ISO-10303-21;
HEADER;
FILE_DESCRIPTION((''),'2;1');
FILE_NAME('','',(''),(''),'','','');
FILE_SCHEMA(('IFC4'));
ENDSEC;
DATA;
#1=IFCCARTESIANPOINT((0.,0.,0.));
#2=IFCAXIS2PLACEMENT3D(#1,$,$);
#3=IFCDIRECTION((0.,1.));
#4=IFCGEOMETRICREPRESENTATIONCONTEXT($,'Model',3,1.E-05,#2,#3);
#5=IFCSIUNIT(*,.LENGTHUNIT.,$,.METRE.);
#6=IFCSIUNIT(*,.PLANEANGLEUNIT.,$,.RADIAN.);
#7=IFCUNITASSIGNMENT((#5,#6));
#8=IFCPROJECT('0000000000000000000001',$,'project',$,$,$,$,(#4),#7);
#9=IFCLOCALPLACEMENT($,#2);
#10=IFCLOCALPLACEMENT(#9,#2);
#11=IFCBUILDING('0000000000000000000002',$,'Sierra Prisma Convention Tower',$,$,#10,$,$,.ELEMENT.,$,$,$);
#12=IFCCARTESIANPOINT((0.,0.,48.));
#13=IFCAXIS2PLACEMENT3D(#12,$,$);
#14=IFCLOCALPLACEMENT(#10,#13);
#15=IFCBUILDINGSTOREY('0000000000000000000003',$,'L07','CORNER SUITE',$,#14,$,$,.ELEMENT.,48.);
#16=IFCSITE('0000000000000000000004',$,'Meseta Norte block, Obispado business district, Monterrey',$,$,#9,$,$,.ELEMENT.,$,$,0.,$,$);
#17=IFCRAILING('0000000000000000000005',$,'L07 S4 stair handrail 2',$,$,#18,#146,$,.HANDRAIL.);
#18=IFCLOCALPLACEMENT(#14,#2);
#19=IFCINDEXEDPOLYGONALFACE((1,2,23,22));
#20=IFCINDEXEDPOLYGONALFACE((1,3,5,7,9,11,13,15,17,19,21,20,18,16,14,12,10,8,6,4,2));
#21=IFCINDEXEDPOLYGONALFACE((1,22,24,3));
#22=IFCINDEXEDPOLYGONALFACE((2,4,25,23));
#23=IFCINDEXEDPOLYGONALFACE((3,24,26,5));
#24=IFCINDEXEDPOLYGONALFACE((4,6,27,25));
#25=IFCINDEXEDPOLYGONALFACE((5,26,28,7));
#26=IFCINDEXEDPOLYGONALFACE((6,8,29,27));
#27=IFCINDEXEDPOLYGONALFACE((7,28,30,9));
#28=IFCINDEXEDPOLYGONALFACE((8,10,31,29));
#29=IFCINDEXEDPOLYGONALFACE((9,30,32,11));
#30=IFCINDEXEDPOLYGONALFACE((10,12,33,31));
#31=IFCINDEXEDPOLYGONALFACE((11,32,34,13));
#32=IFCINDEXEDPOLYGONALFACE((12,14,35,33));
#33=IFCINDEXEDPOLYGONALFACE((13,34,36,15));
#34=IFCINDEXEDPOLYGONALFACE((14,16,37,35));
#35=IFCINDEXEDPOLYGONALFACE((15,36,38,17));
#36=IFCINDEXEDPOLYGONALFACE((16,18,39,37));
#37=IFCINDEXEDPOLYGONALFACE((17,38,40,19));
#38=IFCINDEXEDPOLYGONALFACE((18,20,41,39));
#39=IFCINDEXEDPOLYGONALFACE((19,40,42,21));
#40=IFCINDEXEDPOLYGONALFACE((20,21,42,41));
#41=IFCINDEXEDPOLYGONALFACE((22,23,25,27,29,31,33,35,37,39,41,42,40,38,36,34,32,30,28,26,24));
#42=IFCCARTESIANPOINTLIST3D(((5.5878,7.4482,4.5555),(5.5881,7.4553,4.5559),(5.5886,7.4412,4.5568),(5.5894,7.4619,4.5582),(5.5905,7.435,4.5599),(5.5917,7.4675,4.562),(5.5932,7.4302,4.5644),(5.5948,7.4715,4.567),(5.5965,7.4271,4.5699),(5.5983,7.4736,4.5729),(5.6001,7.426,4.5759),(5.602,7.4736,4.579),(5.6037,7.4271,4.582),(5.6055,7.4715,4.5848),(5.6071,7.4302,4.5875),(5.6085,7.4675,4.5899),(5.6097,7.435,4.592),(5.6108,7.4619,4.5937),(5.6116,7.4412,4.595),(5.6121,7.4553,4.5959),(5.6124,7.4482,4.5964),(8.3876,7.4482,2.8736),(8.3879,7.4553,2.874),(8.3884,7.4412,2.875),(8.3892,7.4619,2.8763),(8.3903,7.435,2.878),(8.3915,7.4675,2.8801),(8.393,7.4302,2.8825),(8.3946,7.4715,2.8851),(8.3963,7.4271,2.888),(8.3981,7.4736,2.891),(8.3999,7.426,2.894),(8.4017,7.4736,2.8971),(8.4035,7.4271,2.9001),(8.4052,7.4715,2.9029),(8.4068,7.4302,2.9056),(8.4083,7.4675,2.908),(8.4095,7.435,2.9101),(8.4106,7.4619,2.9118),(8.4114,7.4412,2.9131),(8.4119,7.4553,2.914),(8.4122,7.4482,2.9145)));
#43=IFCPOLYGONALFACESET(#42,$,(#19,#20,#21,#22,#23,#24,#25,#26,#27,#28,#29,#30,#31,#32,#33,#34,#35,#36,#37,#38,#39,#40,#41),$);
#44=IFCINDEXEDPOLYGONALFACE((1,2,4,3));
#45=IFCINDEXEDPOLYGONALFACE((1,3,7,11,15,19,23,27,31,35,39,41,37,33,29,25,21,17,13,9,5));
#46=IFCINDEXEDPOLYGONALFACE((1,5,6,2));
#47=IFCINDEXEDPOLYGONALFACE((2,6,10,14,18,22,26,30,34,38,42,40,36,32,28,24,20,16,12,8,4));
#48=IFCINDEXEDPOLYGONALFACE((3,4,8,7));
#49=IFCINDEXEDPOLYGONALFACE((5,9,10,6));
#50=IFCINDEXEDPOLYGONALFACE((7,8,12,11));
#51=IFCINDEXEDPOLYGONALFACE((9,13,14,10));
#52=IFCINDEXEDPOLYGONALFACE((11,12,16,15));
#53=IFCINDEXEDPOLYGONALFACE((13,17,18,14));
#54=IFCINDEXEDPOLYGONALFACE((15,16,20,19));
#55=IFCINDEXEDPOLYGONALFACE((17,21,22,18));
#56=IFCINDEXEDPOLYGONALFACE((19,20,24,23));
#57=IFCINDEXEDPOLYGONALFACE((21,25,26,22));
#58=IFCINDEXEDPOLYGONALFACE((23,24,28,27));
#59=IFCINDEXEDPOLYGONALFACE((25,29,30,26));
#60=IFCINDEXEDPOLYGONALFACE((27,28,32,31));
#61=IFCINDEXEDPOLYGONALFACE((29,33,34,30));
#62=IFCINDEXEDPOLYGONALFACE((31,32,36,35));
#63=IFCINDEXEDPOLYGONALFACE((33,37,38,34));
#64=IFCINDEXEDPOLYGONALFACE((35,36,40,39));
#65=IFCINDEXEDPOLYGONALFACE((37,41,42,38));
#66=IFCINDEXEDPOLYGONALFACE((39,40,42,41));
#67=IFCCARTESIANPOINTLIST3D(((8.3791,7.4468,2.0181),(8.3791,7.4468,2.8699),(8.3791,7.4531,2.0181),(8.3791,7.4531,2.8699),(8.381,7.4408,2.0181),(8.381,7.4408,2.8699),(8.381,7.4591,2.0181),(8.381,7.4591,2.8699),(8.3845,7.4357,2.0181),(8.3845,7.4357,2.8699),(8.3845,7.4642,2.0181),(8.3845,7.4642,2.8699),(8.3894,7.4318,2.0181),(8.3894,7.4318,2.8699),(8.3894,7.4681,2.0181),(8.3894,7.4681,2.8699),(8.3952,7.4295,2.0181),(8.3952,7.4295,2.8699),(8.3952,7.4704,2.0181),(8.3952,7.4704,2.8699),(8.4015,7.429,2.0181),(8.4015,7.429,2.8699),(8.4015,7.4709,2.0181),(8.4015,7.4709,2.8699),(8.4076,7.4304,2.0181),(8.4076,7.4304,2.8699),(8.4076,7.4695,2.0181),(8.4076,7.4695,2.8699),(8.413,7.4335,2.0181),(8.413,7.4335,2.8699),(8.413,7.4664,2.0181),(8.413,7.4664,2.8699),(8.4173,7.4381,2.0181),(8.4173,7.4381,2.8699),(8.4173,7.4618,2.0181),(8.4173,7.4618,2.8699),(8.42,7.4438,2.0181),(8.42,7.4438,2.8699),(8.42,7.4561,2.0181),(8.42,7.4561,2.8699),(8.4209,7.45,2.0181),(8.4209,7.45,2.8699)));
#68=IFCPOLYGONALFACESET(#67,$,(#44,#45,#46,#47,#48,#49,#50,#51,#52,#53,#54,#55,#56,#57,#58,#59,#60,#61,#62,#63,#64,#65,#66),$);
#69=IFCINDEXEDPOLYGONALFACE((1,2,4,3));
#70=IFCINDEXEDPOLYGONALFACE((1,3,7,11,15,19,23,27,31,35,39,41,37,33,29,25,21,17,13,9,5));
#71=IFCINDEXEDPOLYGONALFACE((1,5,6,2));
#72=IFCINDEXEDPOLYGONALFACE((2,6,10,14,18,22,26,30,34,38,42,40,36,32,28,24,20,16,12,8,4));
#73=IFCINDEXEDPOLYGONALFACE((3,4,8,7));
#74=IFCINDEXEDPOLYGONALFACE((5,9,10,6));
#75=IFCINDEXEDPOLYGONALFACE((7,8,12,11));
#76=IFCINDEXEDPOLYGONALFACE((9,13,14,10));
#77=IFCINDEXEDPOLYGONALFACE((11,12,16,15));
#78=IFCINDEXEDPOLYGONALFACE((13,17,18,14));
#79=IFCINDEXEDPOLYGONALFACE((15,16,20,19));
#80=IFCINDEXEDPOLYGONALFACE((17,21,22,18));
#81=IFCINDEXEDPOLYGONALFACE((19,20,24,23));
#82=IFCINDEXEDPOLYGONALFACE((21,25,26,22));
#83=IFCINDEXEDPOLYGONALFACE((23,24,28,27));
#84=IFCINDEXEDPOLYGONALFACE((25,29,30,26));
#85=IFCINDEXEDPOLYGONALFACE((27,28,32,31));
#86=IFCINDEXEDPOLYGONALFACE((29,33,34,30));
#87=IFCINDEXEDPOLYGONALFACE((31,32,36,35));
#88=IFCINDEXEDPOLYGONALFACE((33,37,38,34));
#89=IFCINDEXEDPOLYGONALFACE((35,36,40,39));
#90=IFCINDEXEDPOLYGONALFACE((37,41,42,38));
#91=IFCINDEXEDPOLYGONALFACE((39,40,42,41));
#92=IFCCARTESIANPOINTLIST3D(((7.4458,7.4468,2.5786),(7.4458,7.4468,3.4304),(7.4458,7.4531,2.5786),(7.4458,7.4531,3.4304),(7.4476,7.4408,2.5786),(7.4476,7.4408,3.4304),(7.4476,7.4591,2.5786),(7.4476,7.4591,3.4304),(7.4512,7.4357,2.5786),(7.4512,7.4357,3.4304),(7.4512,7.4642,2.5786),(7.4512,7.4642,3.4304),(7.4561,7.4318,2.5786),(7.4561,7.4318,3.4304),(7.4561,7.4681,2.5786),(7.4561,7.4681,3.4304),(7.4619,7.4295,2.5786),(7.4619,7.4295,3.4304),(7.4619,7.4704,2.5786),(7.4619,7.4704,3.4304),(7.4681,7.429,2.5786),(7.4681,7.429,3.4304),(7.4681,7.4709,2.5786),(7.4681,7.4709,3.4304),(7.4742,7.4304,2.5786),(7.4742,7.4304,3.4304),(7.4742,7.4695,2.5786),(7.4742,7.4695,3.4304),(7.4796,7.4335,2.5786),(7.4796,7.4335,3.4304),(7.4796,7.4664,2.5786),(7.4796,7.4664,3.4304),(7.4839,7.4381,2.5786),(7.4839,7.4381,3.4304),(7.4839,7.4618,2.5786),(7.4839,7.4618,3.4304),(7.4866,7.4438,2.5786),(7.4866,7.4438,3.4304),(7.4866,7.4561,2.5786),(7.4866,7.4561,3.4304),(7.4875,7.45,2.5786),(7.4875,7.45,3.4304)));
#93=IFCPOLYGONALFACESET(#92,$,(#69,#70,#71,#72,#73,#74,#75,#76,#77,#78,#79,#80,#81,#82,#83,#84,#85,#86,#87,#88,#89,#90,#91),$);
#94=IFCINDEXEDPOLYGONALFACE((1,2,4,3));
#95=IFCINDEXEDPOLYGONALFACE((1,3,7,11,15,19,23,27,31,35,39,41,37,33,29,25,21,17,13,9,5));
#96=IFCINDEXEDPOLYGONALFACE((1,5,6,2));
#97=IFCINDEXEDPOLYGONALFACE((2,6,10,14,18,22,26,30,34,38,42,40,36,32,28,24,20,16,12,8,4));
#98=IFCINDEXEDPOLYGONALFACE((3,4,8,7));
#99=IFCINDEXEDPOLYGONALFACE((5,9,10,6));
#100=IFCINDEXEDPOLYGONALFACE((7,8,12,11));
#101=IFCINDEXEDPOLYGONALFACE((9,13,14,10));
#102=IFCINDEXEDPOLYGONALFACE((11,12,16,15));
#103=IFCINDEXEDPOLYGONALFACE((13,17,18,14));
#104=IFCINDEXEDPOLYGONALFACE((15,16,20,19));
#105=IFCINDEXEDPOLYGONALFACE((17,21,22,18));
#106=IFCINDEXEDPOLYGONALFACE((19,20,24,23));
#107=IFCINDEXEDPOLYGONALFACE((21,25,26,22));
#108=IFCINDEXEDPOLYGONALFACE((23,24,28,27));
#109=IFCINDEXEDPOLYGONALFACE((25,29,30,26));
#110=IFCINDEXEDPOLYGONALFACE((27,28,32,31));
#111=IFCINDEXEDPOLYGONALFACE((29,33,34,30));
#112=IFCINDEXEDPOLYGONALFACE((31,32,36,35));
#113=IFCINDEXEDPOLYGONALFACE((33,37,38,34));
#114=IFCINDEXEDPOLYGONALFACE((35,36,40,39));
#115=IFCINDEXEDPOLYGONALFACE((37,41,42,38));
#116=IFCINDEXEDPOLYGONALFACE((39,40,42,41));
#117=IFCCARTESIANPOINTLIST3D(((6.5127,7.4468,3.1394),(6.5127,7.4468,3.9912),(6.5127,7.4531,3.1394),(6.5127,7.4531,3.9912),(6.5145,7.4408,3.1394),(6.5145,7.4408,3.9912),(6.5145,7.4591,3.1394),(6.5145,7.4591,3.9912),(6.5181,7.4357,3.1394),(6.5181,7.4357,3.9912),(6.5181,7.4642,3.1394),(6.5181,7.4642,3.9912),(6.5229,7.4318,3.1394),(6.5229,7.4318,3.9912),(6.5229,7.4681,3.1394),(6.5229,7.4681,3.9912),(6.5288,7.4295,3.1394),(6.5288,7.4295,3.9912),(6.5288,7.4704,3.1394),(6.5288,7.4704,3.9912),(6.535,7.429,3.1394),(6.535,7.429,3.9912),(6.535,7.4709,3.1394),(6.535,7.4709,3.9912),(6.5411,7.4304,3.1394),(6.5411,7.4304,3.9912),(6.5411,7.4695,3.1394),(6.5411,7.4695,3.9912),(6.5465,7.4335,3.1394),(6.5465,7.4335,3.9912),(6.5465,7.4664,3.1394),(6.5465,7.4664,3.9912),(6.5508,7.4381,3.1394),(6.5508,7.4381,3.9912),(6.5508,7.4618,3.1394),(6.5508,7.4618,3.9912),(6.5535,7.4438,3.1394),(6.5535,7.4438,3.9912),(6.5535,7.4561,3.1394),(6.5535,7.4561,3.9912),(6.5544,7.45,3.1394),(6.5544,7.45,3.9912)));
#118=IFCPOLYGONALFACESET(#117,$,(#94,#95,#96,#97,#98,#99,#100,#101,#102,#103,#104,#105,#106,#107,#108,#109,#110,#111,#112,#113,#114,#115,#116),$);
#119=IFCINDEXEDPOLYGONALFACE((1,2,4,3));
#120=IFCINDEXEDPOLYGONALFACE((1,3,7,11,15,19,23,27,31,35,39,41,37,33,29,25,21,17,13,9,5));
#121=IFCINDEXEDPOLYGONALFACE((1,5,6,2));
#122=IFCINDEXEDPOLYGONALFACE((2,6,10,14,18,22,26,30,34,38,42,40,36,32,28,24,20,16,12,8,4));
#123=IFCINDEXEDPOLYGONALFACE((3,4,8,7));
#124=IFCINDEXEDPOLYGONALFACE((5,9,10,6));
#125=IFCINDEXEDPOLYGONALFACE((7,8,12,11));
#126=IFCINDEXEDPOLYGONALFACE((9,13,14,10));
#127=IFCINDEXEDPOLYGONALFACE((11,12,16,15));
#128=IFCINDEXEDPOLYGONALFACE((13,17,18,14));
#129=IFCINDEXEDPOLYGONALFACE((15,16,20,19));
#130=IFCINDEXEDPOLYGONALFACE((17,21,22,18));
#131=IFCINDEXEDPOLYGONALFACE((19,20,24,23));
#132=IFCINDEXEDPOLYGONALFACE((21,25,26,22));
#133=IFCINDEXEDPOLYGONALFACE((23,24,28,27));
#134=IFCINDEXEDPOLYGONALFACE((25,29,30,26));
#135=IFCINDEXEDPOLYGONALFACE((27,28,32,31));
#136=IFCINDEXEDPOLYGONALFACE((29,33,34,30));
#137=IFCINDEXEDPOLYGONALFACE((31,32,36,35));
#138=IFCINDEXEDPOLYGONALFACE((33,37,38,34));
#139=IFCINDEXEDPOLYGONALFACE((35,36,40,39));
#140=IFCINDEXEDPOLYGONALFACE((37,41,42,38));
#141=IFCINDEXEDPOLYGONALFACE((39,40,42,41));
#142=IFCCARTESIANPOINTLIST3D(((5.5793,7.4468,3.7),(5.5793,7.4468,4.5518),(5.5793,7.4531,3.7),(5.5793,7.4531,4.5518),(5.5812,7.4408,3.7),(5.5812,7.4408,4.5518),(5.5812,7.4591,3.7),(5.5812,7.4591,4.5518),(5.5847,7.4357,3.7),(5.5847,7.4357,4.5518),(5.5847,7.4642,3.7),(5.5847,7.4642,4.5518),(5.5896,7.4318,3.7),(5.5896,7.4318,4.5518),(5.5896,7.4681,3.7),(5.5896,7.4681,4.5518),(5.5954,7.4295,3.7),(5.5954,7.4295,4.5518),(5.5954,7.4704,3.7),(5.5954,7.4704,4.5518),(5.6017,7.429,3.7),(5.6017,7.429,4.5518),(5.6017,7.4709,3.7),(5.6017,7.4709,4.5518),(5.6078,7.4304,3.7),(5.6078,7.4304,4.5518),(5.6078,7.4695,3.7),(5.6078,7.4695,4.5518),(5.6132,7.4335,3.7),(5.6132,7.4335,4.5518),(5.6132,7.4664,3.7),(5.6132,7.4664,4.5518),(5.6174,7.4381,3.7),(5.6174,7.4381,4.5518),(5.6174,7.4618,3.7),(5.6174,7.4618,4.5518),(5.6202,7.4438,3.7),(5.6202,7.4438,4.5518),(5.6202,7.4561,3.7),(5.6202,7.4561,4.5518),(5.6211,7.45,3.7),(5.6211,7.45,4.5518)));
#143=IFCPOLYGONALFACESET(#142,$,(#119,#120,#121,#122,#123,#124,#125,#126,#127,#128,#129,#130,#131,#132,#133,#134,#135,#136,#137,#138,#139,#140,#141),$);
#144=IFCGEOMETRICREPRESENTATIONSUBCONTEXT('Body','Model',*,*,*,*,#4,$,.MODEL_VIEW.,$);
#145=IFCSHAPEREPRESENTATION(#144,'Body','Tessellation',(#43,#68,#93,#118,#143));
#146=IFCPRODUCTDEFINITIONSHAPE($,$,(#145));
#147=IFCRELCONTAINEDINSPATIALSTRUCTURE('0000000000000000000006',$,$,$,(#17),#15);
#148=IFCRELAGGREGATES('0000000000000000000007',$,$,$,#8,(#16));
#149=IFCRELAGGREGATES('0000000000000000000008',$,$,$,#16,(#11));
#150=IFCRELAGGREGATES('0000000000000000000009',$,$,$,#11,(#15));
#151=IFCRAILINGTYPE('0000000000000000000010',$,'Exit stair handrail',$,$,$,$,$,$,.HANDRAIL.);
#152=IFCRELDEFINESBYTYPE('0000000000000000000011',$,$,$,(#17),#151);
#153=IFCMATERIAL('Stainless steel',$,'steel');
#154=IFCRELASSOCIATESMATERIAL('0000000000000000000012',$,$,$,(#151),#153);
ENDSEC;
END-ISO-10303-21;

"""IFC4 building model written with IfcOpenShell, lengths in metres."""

from ifc_helpers import new_model, si_unit, direction, frame, origin, origin_2d, place, context, subcontext, project, spatial, circle, extrude, material, type_object, element, save


model = new_model("IFC4")

# Units and contexts
model_context = context("Model", 3, precision=1e-05, world=origin(), true_north=direction((0.0, 1.0)))
body_context = subcontext(model_context, "Body", "Model", "MODEL_VIEW")
ifc_project = project(units=[si_unit("LENGTHUNIT", "METRE"), si_unit("PLANEANGLEUNIT", "RADIAN")], contexts=[model_context])

# Site, building, storey
site_placement = place(None, origin())
site = spatial("IfcSite", under=ifc_project, at=site_placement, Name="Meseta Norte block, Obispado business district, Monterrey", CompositionType="ELEMENT", RefElevation=0.0)
building_placement = place(site_placement, origin())
building = spatial("IfcBuilding", under=site, at=building_placement, Name="Sierra Prisma Convention Tower", CompositionType="ELEMENT")
storey_placement = place(building_placement, frame((0.0, 0.0, 48.0)))
storey = spatial("IfcBuildingStorey", under=building, at=storey_placement, Name="L07", Description="CORNER SUITE", CompositionType="ELEMENT", Elevation=48.0)

# Railing
ifc_material_1 = material(Name="Stainless steel", Category="steel")
railing_type_1 = type_object("IfcRailingType", Name="Exit stair handrail", PredefinedType="HANDRAIL", material=ifc_material_1)
railing_1_placement = place(storey_placement, frame((8.3999, 7.45, 2.0181)))
element("IfcRailing", 1, at=railing_1_placement, inside=storey, type_object=railing_type_1, Name="L07 S4 stair handrail 2", PredefinedType="HANDRAIL", context=body_context, shape_type="SweptSolid", body=[
    extrude(circle(Radius=0.0239, at=origin_2d()), frame((0.0, 0.0, 0.876), z_axis=(-0.857222, 0.0, 0.514946), x_axis=(0.0, -1.0, 0.0)), (0.0, 0.0, 1.0), 3.2661),
    extrude(circle(Radius=0.021, at=origin_2d()), origin(), (0.0, 0.0, 1.0), 0.8518),
    extrude(circle(Radius=0.021, at=origin_2d()), frame((-0.9333, 0.0, 0.5605)), (0.0, 0.0, 1.0), 0.8518),
    extrude(circle(Radius=0.021, at=origin_2d()), frame((-1.8665, 0.0, 1.1213)), (0.0, 0.0, 1.0), 0.8518),
    extrude(circle(Radius=0.021, at=origin_2d()), frame((-2.7998, 0.0, 1.6819)), (0.0, 0.0, 1.0), 0.8518),
])

save(model, "model.ifc")
